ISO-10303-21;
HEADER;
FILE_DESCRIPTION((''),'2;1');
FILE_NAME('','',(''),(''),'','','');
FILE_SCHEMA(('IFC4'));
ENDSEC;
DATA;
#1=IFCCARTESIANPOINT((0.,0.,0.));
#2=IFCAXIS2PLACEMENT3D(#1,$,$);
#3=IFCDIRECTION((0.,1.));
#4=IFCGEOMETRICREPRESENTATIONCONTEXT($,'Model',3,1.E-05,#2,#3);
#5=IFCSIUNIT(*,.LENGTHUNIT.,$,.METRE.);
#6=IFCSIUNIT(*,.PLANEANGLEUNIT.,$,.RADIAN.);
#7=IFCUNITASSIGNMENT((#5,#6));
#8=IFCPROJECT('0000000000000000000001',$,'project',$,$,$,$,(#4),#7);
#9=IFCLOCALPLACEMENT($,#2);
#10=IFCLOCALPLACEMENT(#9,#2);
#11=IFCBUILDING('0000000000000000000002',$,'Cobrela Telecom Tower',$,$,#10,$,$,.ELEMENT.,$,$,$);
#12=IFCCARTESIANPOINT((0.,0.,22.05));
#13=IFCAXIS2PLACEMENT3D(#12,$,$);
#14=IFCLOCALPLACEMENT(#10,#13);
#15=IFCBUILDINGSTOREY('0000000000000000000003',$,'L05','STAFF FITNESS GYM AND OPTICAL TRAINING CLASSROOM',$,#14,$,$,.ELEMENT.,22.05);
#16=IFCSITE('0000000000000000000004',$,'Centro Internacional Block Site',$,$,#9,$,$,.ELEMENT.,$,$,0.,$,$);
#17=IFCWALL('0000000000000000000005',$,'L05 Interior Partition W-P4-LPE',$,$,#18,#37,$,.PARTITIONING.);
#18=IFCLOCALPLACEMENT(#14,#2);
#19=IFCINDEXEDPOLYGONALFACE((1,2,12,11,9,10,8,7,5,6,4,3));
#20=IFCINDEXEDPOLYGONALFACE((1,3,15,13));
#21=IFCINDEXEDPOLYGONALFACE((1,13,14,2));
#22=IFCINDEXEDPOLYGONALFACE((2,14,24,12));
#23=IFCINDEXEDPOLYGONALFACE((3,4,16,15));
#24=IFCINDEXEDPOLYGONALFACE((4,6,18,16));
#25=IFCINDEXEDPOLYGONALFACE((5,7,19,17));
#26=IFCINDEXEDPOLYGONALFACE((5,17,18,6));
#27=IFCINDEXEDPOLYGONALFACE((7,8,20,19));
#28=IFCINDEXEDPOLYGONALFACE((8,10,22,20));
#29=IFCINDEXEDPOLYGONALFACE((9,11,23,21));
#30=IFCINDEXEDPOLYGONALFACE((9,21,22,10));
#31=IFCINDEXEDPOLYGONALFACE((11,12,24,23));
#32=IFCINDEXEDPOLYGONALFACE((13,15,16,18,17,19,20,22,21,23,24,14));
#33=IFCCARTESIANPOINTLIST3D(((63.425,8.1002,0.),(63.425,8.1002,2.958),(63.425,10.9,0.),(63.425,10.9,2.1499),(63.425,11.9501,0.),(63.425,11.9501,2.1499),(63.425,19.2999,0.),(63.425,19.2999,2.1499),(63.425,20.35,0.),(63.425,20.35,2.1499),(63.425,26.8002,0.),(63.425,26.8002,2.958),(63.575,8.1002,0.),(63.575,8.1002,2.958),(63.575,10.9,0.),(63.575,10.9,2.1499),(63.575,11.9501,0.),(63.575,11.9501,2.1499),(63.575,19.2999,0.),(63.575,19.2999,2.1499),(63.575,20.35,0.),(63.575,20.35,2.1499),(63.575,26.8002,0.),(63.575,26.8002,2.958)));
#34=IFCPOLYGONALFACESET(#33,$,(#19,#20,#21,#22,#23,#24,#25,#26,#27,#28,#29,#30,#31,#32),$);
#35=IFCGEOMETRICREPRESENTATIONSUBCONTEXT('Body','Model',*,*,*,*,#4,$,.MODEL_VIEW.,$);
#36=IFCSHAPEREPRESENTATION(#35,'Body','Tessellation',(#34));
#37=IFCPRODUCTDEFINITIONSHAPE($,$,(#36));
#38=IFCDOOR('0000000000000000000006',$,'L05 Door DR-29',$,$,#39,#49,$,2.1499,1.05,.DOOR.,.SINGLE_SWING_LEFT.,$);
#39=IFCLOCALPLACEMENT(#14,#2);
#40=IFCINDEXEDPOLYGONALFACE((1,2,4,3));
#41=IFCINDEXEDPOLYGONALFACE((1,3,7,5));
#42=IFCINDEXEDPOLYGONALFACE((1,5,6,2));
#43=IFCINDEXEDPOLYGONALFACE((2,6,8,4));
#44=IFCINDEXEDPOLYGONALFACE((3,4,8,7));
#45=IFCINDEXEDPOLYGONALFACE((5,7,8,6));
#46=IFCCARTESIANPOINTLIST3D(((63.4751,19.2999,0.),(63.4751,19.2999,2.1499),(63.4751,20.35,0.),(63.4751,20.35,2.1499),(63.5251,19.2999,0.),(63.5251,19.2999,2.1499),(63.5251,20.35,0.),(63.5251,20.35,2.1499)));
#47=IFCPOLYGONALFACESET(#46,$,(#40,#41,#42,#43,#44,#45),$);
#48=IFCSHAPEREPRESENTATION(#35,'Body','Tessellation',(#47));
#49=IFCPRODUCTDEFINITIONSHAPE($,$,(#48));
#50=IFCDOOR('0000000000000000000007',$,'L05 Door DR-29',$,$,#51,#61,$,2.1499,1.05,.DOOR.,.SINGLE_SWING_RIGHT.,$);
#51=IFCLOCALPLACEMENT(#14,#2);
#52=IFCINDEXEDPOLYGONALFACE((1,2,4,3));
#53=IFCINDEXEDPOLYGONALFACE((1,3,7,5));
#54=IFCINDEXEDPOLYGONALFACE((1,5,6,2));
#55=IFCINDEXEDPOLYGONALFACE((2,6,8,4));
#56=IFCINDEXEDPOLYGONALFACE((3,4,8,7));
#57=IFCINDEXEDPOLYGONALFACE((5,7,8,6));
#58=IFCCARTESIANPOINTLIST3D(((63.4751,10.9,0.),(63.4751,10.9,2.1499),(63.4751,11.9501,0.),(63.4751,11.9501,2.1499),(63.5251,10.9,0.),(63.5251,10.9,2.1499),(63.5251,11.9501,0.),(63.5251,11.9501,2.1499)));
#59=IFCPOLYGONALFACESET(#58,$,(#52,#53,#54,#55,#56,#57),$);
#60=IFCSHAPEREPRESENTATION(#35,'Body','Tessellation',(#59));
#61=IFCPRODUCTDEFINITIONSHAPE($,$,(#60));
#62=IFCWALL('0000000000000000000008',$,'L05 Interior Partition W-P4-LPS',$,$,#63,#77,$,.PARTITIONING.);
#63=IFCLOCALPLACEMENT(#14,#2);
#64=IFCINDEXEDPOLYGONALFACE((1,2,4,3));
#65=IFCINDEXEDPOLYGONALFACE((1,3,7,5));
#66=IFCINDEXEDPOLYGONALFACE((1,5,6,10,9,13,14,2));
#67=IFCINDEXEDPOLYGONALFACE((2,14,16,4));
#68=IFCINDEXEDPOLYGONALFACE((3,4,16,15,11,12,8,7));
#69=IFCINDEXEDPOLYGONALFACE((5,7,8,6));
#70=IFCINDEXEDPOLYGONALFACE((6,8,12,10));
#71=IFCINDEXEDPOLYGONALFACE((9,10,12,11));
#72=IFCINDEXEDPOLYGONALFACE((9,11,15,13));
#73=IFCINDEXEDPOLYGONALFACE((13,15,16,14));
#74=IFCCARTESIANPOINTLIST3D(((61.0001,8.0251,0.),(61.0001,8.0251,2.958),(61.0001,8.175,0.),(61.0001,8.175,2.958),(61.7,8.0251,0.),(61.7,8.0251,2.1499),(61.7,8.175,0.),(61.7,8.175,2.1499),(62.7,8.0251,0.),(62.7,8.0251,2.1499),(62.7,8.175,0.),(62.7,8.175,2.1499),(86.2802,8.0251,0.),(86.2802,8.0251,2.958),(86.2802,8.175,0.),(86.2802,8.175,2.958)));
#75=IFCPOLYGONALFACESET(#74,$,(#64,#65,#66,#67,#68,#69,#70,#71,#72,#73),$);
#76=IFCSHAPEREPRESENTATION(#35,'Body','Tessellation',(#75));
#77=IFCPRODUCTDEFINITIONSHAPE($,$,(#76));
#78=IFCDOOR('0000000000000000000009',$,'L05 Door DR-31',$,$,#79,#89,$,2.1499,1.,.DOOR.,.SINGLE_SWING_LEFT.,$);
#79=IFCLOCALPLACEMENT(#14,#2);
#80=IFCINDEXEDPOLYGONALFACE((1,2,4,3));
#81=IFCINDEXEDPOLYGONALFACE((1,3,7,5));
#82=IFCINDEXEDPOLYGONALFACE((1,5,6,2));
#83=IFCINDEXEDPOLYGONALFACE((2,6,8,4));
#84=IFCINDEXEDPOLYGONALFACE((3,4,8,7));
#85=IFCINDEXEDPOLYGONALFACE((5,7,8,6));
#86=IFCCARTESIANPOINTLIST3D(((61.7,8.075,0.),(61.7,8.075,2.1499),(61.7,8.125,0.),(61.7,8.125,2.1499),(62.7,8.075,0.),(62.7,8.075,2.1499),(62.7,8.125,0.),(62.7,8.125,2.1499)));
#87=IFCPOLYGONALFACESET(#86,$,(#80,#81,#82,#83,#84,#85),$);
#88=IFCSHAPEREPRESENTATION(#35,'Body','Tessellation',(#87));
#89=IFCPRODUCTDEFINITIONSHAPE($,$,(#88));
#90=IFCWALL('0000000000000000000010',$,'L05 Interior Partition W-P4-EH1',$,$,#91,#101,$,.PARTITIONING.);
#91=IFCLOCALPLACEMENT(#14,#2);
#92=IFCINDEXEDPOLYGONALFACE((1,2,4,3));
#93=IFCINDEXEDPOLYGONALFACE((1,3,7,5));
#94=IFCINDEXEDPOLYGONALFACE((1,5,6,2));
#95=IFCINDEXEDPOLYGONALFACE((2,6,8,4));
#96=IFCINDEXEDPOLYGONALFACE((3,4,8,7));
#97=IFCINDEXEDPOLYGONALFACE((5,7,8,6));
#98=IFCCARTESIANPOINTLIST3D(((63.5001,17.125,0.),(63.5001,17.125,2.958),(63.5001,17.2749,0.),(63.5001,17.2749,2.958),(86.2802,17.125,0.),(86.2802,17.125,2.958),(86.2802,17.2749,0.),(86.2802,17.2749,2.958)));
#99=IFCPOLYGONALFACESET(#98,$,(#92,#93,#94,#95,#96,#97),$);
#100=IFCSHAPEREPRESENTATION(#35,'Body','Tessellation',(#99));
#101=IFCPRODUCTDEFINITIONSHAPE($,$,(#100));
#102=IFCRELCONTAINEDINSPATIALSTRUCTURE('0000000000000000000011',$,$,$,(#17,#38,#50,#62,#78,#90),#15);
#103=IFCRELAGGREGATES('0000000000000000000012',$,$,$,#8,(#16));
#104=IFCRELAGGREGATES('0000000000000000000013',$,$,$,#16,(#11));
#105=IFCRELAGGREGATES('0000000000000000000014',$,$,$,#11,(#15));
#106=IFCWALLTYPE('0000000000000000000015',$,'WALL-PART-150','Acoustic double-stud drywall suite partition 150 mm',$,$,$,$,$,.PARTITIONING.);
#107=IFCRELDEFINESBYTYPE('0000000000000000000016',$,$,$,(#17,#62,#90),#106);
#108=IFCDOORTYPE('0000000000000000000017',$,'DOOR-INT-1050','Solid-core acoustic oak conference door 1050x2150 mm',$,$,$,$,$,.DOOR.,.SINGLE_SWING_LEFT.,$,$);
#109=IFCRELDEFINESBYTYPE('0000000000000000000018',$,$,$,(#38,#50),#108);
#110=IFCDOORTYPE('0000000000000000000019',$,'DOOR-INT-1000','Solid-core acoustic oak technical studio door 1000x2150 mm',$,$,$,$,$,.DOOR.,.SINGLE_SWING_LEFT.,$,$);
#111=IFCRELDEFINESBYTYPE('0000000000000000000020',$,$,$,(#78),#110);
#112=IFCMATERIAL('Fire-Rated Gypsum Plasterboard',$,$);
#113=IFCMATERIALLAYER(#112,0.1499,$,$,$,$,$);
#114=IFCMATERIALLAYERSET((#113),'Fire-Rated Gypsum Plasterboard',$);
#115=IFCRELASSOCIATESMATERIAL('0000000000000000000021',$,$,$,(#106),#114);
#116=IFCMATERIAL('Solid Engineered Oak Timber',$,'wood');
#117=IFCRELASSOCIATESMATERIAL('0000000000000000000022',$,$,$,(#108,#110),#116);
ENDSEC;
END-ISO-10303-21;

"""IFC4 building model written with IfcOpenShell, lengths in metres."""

from ifc_helpers import new_model, si_unit, direction, frame, frame_2d, origin, place, context, subcontext, project, spatial, rectangle, extrude, material, layer, layer_set, type_object, element, fill, save


model = new_model("IFC4")

# Units and contexts
model_context = context("Model", 3, precision=1e-05, world=origin(), true_north=direction((0.0, 1.0)))
body_context = subcontext(model_context, "Body", "Model", "MODEL_VIEW")
ifc_project = project(units=[si_unit("LENGTHUNIT", "METRE"), si_unit("PLANEANGLEUNIT", "RADIAN")], contexts=[model_context])

# Site, building, storey
site_placement = place(None, origin())
site = spatial("IfcSite", under=ifc_project, at=site_placement, Name="Centro Internacional Block Site", CompositionType="ELEMENT", RefElevation=0.0)
building_placement = place(site_placement, origin())
building = spatial("IfcBuilding", under=site, at=building_placement, Name="Cobrela Telecom Tower", CompositionType="ELEMENT")
storey_placement = place(building_placement, frame((0.0, 0.0, 22.05)))
storey = spatial("IfcBuildingStorey", under=building, at=storey_placement, Name="L05", Description="STAFF FITNESS GYM AND OPTICAL TRAINING CLASSROOM", CompositionType="ELEMENT", Elevation=22.05)

# Shared definitions
ifc_material_1 = material(Name="Fire-Rated Gypsum Plasterboard")
ifc_layer_1 = layer(ifc_material_1, 0.1499)
ifc_layer_set_1 = layer_set([ifc_layer_1], Name="Fire-Rated Gypsum Plasterboard")
wall_type = type_object("IfcWallType", Name="WALL-PART-150", Description="Acoustic double-stud drywall suite partition 150 mm", PredefinedType="PARTITIONING", material=ifc_layer_set_1)

# Wall, openings, doors
wall_1_placement = place(storey_placement, frame((63.5, 8.1001, 0.0), z_axis=(0.0, 0.0, 1.0), x_axis=(0.0, 1.0, 0.0)))
wall_1 = element("IfcWall", 1, at=wall_1_placement, inside=storey, type_object=wall_type, Name="L05 Interior Partition W-P4-LPE", PredefinedType="PARTITIONING", context=body_context, shape_type="SweptSolid", body=[
    extrude(rectangle(XDim=18.7, YDim=0.1499, at=frame_2d((9.3501, 0.0))), origin(), (0.0, 0.0, 1.0), 2.958),
])
opening_1_placement = place(wall_1_placement, frame((11.2, 0.0, 0.0)))
opening_1 = element("IfcOpeningElement", 2, at=opening_1_placement, cuts=wall_1, PredefinedType="OPENING", context=body_context, shape_type="SweptSolid", body=[
    extrude(rectangle(XDim=1.05, YDim=2.1499, at=frame_2d((0.5249, 1.075))), frame((0.0, 0.0869, 0.0), z_axis=(0.0, -1.0, 0.0), x_axis=(1.0, 0.0, 0.0)), (0.0, 0.0, 1.0), 0.1738),
])
opening_2_placement = place(wall_1_placement, frame((2.8, 0.0, 0.0)))
opening_2 = element("IfcOpeningElement", 3, at=opening_2_placement, cuts=wall_1, PredefinedType="OPENING", context=body_context, shape_type="SweptSolid", body=[
    extrude(rectangle(XDim=1.05, YDim=2.1499, at=frame_2d((0.5249, 1.075))), frame((0.0, 0.0869, 0.0), z_axis=(0.0, -1.0, 0.0), x_axis=(1.0, 0.0, 0.0)), (0.0, 0.0, 1.0), 0.1738),
])
ifc_material_2 = material(Name="Solid Engineered Oak Timber", Category="wood")
door_type_1 = type_object("IfcDoorType", Name="DOOR-INT-1050", Description="Solid-core acoustic oak conference door 1050x2150 mm", OperationType="SINGLE_SWING_LEFT", PredefinedType="DOOR", material=ifc_material_2)
door_1_placement = place(opening_1_placement, origin())
door_1 = element("IfcDoor", 4, at=door_1_placement, inside=storey, type_object=door_type_1, Name="L05 Door DR-29", OperationType="SINGLE_SWING_LEFT", OverallHeight=2.1499, OverallWidth=1.05, PredefinedType="DOOR", context=body_context, shape_type="SweptSolid", body=[
    extrude(rectangle(XDim=1.05, YDim=2.1499, at=frame_2d((0.5249, 1.075))), frame((0.0, 0.0249, 0.0), z_axis=(0.0, -1.0, 0.0), x_axis=(1.0, 0.0, 0.0)), (0.0, 0.0, 1.0), 0.05),
])
fill(opening_1, door_1)
door_2_placement = place(opening_2_placement, origin())
door_2 = element("IfcDoor", 5, at=door_2_placement, inside=storey, type_object=door_type_1, Name="L05 Door DR-29", OperationType="SINGLE_SWING_RIGHT", OverallHeight=2.1499, OverallWidth=1.05, PredefinedType="DOOR", context=body_context, shape_type="SweptSolid", body=[
    extrude(rectangle(XDim=1.05, YDim=2.1499, at=frame_2d((0.5249, 1.075))), frame((0.0, 0.0249, 0.0), z_axis=(0.0, -1.0, 0.0), x_axis=(1.0, 0.0, 0.0)), (0.0, 0.0, 1.0), 0.05),
])
fill(opening_2, door_2)

# Wall, opening, door
wall_2_placement = place(storey_placement, frame((61.0, 8.1001, 0.0), z_axis=(0.0, 0.0, 1.0), x_axis=(1.0, 0.0, 0.0)))
wall_2 = element("IfcWall", 6, at=wall_2_placement, inside=storey, type_object=wall_type, Name="L05 Interior Partition W-P4-LPS", PredefinedType="PARTITIONING", context=body_context, shape_type="SweptSolid", body=[
    extrude(rectangle(XDim=25.28, YDim=0.1499, at=frame_2d((12.6401, 0.0))), origin(), (0.0, 0.0, 1.0), 2.958),
])
opening_3_placement = place(wall_2_placement, frame((0.7, 0.0, 0.0)))
opening_3 = element("IfcOpeningElement", 7, at=opening_3_placement, cuts=wall_2, PredefinedType="OPENING", context=body_context, shape_type="SweptSolid", body=[
    extrude(rectangle(XDim=1.0, YDim=2.1499, at=frame_2d((0.5, 1.075))), frame((0.0, 0.0869, 0.0), z_axis=(0.0, -1.0, 0.0), x_axis=(1.0, 0.0, 0.0)), (0.0, 0.0, 1.0), 0.1738),
])
door_type_2 = type_object("IfcDoorType", Name="DOOR-INT-1000", Description="Solid-core acoustic oak technical studio door 1000x2150 mm", OperationType="SINGLE_SWING_LEFT", PredefinedType="DOOR", material=ifc_material_2)
door_3_placement = place(opening_3_placement, origin())
door_3 = element("IfcDoor", 8, at=door_3_placement, inside=storey, type_object=door_type_2, Name="L05 Door DR-31", OperationType="SINGLE_SWING_LEFT", OverallHeight=2.1499, OverallWidth=1.0, PredefinedType="DOOR", context=body_context, shape_type="SweptSolid", body=[
    extrude(rectangle(XDim=1.0, YDim=2.1499, at=frame_2d((0.5, 1.075))), frame((0.0, 0.0249, 0.0), z_axis=(0.0, -1.0, 0.0), x_axis=(1.0, 0.0, 0.0)), (0.0, 0.0, 1.0), 0.05),
])
fill(opening_3, door_3)

# Wall
wall_3_placement = place(storey_placement, frame((63.5, 17.2, 0.0), z_axis=(0.0, 0.0, 1.0), x_axis=(1.0, 0.0, 0.0)))
element("IfcWall", 9, at=wall_3_placement, inside=storey, type_object=wall_type, Name="L05 Interior Partition W-P4-EH1", PredefinedType="PARTITIONING", context=body_context, shape_type="SweptSolid", body=[
    extrude(rectangle(XDim=22.78, YDim=0.1499, at=frame_2d((11.3901, 0.0))), origin(), (0.0, 0.0, 1.0), 2.958),
])

save(model, "model.ifc")
